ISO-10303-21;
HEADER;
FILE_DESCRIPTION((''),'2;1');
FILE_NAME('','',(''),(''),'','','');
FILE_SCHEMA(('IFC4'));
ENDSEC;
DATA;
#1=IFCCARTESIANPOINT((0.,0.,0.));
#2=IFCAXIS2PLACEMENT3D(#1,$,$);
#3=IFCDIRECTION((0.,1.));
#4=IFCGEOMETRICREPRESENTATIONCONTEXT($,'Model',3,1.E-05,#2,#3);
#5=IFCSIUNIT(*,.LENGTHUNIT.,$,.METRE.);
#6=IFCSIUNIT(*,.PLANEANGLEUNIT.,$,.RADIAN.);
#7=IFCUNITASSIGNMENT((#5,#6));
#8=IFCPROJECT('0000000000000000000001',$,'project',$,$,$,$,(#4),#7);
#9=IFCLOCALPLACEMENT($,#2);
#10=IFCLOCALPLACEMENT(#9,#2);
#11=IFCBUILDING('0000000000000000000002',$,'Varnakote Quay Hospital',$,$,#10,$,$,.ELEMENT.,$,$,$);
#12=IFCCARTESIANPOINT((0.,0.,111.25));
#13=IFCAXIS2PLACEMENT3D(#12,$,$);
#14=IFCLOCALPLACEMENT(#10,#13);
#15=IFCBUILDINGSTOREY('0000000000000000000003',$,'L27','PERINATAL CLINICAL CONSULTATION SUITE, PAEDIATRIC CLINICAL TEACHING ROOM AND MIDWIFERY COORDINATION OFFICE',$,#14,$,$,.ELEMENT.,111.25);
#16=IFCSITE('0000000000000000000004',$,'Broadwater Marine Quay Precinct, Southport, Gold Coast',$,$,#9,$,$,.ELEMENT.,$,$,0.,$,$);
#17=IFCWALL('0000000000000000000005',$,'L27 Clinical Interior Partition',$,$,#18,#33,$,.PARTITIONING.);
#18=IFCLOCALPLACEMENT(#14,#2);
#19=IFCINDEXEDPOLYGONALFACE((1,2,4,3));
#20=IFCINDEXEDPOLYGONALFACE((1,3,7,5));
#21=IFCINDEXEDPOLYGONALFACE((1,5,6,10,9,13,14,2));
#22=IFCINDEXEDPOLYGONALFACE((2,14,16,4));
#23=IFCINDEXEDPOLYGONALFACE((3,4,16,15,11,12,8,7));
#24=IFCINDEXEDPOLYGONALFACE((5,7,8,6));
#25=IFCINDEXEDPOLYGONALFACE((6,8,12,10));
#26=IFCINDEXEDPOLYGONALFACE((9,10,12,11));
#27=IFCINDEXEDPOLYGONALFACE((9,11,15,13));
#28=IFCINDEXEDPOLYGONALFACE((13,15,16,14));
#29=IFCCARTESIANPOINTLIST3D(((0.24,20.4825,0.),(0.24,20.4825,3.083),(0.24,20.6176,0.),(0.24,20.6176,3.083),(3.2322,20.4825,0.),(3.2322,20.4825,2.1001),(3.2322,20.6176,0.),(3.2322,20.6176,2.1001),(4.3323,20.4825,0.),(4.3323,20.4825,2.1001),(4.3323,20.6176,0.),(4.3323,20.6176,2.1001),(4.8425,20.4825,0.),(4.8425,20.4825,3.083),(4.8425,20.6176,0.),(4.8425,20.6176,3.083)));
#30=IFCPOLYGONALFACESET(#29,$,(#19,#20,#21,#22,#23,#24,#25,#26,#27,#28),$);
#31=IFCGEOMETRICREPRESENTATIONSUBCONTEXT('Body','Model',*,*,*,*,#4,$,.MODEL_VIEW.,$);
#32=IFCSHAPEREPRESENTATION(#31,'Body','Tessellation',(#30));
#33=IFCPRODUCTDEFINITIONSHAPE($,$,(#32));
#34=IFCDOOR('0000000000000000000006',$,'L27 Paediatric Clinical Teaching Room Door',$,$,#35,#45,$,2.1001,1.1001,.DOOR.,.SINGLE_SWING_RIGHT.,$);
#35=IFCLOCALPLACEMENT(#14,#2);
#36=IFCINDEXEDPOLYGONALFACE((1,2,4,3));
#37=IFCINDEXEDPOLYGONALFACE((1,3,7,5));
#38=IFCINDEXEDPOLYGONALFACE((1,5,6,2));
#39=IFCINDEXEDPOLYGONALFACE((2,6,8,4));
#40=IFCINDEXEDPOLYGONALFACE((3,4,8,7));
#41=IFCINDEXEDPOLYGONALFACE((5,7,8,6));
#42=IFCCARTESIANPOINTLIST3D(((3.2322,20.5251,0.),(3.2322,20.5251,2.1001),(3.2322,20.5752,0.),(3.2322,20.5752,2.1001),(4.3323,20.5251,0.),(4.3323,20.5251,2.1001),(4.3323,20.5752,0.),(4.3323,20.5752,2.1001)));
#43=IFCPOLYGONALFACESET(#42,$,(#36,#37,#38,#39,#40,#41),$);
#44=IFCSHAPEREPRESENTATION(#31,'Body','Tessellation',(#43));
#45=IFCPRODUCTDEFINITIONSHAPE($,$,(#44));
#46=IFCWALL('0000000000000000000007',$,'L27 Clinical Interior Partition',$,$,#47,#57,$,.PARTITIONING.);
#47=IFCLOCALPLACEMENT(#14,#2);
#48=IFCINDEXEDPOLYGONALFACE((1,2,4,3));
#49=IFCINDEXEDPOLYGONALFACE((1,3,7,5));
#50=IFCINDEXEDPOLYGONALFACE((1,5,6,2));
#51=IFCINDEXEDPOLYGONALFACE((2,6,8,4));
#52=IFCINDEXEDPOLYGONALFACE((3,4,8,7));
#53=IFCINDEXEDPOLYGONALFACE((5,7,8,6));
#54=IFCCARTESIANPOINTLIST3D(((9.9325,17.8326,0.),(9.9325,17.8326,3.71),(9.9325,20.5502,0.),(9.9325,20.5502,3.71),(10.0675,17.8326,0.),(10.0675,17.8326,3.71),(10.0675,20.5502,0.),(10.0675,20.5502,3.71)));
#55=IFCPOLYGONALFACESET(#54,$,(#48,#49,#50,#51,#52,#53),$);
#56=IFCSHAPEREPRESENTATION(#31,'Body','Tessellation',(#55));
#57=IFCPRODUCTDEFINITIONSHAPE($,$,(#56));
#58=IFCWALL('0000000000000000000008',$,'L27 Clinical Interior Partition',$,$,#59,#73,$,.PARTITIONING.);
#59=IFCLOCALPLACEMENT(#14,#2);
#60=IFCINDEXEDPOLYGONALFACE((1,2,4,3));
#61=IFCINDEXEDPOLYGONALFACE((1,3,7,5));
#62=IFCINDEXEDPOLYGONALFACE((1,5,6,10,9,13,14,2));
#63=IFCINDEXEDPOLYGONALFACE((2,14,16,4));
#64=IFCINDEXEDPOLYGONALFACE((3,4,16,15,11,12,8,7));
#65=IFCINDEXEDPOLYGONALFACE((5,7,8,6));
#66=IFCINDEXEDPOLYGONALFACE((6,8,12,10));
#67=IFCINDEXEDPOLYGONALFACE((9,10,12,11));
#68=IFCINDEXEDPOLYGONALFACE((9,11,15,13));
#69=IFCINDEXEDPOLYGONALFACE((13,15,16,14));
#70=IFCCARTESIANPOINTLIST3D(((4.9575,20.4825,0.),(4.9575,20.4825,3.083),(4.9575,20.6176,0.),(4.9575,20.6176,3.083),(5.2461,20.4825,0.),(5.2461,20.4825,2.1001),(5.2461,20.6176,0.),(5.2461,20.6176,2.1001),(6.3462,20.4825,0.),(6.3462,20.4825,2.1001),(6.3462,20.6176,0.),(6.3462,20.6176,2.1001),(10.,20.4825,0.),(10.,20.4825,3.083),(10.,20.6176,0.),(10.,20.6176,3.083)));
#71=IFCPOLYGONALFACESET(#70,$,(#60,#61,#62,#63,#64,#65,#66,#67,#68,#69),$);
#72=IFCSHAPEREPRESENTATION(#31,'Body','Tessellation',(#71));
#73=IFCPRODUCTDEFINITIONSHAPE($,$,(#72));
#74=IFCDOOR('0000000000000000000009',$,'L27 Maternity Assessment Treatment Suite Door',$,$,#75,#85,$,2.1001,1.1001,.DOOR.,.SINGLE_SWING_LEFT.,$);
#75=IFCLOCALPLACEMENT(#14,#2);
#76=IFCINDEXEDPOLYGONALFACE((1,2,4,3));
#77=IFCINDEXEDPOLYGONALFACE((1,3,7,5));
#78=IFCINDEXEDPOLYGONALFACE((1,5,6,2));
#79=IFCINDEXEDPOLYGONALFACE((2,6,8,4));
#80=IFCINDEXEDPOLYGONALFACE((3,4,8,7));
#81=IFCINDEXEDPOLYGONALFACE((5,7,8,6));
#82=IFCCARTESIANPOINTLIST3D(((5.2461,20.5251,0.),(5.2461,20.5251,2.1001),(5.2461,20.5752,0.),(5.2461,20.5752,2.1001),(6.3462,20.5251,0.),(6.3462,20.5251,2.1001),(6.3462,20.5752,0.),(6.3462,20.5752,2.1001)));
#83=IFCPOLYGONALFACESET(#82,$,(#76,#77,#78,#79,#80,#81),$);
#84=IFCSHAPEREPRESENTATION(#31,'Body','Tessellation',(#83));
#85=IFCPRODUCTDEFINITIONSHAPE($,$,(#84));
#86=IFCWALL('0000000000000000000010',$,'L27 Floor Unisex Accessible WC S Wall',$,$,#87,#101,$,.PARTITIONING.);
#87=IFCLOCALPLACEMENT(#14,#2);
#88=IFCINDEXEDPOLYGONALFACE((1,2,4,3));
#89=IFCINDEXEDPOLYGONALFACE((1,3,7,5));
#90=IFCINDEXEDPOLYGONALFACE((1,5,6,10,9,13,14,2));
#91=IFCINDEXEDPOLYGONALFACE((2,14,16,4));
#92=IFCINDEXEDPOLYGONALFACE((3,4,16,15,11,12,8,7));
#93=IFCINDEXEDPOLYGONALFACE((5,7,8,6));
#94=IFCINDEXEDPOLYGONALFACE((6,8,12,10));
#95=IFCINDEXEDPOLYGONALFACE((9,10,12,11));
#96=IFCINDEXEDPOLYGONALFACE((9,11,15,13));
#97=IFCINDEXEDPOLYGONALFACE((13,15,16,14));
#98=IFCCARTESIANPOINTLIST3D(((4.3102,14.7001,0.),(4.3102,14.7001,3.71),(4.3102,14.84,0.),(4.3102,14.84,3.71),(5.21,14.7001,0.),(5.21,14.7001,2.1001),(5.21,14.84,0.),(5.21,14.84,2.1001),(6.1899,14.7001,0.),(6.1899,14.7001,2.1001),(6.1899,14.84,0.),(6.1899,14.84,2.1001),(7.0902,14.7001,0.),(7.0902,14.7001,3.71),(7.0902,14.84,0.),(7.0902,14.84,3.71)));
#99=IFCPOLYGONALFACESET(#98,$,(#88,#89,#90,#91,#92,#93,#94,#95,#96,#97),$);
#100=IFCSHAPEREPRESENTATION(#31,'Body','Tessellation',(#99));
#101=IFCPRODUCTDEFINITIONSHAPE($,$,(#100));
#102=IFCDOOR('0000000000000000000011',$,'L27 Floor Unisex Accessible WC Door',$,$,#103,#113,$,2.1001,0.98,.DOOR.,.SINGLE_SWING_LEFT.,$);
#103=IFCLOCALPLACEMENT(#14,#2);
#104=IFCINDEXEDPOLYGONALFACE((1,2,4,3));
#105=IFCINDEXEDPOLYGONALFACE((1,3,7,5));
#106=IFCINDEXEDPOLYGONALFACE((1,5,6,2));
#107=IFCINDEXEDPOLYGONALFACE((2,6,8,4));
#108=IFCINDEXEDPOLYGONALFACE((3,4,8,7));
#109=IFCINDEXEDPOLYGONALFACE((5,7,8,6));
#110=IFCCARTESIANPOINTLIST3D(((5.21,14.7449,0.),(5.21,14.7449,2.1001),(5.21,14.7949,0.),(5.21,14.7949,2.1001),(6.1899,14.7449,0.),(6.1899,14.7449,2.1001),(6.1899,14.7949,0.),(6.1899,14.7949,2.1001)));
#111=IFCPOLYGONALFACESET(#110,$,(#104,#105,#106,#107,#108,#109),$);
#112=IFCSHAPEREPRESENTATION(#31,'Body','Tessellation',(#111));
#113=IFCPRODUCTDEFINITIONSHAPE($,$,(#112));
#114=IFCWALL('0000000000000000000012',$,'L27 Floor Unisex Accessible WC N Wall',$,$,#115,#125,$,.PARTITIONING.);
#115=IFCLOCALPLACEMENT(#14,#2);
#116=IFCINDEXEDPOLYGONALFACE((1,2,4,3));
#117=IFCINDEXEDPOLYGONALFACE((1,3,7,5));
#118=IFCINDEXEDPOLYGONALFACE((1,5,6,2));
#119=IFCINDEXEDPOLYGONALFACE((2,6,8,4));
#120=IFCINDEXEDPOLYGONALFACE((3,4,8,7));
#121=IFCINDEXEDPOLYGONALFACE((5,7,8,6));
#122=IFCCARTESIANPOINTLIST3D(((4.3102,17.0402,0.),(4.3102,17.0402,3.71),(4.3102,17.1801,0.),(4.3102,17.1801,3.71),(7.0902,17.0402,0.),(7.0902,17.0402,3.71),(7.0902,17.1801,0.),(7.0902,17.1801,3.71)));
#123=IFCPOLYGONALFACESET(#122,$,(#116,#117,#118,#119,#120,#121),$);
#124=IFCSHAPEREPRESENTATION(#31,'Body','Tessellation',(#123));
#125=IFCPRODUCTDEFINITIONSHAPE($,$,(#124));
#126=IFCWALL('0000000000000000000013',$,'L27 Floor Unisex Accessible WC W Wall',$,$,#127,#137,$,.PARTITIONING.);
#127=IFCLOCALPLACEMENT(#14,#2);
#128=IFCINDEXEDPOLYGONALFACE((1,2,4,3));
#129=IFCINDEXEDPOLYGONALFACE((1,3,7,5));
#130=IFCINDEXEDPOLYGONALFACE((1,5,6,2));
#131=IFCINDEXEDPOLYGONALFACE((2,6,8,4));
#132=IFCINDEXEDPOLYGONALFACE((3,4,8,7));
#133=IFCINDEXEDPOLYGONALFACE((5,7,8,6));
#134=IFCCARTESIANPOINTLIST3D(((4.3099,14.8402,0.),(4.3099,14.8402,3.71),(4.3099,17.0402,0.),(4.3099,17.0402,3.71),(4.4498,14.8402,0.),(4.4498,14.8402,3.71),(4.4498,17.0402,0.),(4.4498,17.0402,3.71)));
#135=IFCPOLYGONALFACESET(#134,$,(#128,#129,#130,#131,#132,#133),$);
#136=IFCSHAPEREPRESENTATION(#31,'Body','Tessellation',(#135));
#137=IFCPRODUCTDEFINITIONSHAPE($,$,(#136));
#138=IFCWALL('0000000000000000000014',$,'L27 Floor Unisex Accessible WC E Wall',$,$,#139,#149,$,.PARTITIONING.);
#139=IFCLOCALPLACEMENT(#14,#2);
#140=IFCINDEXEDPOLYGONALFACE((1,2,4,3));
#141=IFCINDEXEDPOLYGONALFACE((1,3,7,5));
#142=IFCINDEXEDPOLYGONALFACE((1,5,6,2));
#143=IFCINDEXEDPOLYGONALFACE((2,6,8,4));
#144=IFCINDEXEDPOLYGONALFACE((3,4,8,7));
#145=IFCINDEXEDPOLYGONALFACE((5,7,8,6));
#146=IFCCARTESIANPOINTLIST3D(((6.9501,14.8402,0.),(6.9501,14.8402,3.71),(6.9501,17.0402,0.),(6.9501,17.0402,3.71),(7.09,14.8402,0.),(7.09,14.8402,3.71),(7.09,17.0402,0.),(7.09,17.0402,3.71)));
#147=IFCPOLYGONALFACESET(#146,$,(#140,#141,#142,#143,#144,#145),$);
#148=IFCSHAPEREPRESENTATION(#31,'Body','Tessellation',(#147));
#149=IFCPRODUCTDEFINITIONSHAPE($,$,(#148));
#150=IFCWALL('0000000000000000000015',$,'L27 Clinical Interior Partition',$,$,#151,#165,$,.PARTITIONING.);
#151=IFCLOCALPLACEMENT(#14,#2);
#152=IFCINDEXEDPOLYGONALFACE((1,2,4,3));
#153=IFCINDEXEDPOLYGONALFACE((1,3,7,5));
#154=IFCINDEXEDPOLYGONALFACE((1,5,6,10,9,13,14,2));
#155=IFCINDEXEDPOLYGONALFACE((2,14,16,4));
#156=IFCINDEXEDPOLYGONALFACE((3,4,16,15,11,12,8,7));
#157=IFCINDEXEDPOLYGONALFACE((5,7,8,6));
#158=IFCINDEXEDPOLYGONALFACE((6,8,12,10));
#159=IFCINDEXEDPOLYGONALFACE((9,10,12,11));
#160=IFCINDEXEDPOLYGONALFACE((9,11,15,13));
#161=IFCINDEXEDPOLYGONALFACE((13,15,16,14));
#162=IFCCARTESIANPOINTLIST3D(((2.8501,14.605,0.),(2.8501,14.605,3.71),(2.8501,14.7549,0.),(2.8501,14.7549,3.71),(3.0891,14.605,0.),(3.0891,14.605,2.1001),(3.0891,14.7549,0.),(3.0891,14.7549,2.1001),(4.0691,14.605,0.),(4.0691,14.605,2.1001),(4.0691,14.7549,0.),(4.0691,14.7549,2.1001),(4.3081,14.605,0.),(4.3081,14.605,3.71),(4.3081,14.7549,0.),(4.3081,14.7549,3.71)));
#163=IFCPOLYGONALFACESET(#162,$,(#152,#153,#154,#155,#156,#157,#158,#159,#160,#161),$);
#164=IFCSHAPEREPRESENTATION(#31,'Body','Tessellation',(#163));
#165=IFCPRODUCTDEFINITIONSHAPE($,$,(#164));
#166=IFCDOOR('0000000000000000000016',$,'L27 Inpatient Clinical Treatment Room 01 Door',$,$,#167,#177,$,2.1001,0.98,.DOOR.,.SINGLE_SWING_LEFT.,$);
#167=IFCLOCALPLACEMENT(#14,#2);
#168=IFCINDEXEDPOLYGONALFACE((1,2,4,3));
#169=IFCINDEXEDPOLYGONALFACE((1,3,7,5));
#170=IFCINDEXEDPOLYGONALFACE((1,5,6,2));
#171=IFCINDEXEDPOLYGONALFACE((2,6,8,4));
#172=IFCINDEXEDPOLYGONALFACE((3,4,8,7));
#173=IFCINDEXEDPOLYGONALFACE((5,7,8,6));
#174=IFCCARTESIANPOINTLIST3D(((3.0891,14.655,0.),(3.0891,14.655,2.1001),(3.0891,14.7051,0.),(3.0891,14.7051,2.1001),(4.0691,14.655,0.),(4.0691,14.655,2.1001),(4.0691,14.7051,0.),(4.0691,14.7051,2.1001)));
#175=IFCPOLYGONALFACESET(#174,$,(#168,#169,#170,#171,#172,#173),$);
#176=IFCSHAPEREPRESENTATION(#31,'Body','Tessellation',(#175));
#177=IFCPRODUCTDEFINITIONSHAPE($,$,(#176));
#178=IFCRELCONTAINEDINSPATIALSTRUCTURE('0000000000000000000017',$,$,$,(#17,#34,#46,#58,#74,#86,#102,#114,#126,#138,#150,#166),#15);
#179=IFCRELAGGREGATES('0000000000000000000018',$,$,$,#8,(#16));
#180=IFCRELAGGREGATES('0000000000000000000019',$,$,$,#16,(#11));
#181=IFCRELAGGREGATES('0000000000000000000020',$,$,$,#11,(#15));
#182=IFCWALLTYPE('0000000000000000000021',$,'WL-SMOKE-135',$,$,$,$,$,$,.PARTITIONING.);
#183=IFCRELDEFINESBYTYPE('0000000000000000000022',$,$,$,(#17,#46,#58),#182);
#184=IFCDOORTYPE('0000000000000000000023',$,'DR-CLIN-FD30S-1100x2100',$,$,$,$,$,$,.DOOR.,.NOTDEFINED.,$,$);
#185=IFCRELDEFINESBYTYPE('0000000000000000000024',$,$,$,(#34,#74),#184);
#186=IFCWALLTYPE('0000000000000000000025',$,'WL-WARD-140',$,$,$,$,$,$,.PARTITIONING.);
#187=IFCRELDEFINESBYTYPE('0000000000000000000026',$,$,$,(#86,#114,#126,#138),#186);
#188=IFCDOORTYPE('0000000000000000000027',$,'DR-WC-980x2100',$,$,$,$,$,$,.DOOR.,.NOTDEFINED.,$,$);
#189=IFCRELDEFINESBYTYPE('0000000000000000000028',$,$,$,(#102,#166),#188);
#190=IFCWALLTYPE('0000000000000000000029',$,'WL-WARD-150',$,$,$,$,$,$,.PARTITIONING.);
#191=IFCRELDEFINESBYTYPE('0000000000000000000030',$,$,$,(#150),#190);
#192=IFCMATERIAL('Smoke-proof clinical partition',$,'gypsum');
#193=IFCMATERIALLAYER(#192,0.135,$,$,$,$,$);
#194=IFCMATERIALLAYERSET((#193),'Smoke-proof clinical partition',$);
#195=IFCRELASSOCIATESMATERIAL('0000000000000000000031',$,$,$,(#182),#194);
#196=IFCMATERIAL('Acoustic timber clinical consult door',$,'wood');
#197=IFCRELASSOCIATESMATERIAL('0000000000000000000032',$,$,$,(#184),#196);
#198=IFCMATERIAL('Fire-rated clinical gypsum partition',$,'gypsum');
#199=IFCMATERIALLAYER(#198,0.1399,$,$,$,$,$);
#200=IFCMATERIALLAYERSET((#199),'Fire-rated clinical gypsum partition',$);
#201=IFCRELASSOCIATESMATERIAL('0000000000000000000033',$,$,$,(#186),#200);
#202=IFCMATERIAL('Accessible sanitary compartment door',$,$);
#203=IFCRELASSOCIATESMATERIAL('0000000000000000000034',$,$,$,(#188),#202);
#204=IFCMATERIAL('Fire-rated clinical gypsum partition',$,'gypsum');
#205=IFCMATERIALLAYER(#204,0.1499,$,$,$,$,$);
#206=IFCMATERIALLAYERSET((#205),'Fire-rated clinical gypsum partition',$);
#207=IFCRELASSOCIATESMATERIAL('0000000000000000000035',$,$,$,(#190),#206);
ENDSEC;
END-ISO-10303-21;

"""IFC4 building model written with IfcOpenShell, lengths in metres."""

from ifc_helpers import new_model, si_unit, direction, frame, frame_2d, origin, place, context, subcontext, project, spatial, rectangle, extrude, material, layer, layer_set, type_object, element, fill, save


model = new_model("IFC4")

# Units and contexts
model_context = context("Model", 3, precision=1e-05, world=origin(), true_north=direction((0.0, 1.0)))
body_context = subcontext(model_context, "Body", "Model", "MODEL_VIEW")
ifc_project = project(units=[si_unit("LENGTHUNIT", "METRE"), si_unit("PLANEANGLEUNIT", "RADIAN")], contexts=[model_context])

# Site, building, storey
site_placement = place(None, origin())
site = spatial("IfcSite", under=ifc_project, at=site_placement, Name="Broadwater Marine Quay Precinct, Southport, Gold Coast", CompositionType="ELEMENT", RefElevation=0.0)
building_placement = place(site_placement, origin())
building = spatial("IfcBuilding", under=site, at=building_placement, Name="Varnakote Quay Hospital", CompositionType="ELEMENT")
storey_placement = place(building_placement, frame((0.0, 0.0, 111.25)))
storey = spatial("IfcBuildingStorey", under=building, at=storey_placement, Name="L27", Description="PERINATAL CLINICAL CONSULTATION SUITE, PAEDIATRIC CLINICAL TEACHING ROOM AND MIDWIFERY COORDINATION OFFICE", CompositionType="ELEMENT", Elevation=111.25)

# Shared definitions
ifc_material_1 = material(Name="Smoke-proof clinical partition", Category="gypsum")
ifc_layer_1 = layer(ifc_material_1, 0.135)
ifc_layer_set_1 = layer_set([ifc_layer_1], Name="Smoke-proof clinical partition")
wall_type_1 = type_object("IfcWallType", Name="WL-SMOKE-135", PredefinedType="PARTITIONING", material=ifc_layer_set_1)

# Wall, opening, door
wall_1_placement = place(storey_placement, frame((4.8425, 20.55, 0.0), z_axis=(0.0, 0.0, 1.0), x_axis=(-1.0, 0.0, 0.0)))
wall_1 = element("IfcWall", 1, at=wall_1_placement, inside=storey, type_object=wall_type_1, Name="L27 Clinical Interior Partition", PredefinedType="PARTITIONING", context=body_context, shape_type="SweptSolid", body=[
    extrude(rectangle(XDim=4.6025, YDim=0.135, at=frame_2d((2.3013, 0.0))), origin(), (0.0, 0.0, 1.0), 3.083),
])
opening_1_placement = place(wall_1_placement, frame((0.5103, 0.0, 0.0)))
opening_1 = element("IfcOpeningElement", 2, at=opening_1_placement, cuts=wall_1, PredefinedType="OPENING", context=body_context, shape_type="SweptSolid", body=[
    extrude(rectangle(XDim=1.1001, YDim=2.1001, at=frame_2d((0.55, 1.05))), frame((0.0, 0.0774, 0.0), z_axis=(0.0, -1.0, 0.0), x_axis=(1.0, 0.0, 0.0)), (0.0, 0.0, 1.0), 0.155),
])
ifc_material_2 = material(Name="Acoustic timber clinical consult door", Category="wood")
door_type_1 = type_object("IfcDoorType", Name="DR-CLIN-FD30S-1100x2100", OperationType="NOTDEFINED", PredefinedType="DOOR", material=ifc_material_2)
door_1_placement = place(opening_1_placement, origin())
door_1 = element("IfcDoor", 3, at=door_1_placement, inside=storey, type_object=door_type_1, Name="L27 Paediatric Clinical Teaching Room Door", OperationType="SINGLE_SWING_RIGHT", OverallHeight=2.1001, OverallWidth=1.1001, PredefinedType="DOOR", context=body_context, shape_type="SweptSolid", body=[
    extrude(rectangle(XDim=1.1001, YDim=2.1001, at=frame_2d((0.55, 1.05))), frame((0.0, 0.0249, 0.0), z_axis=(0.0, -1.0, 0.0), x_axis=(1.0, 0.0, 0.0)), (0.0, 0.0, 1.0), 0.05),
])
fill(opening_1, door_1)

# Wall
wall_2_placement = place(storey_placement, frame((10.0, 17.8325, 0.0), z_axis=(0.0, 0.0, 1.0), x_axis=(0.0, 1.0, 0.0)))
element("IfcWall", 4, at=wall_2_placement, inside=storey, type_object=wall_type_1, Name="L27 Clinical Interior Partition", PredefinedType="PARTITIONING", context=body_context, shape_type="SweptSolid", body=[
    extrude(rectangle(XDim=2.7175, YDim=0.135, at=frame_2d((1.3589, 0.0))), origin(), (0.0, 0.0, 1.0), 3.71),
])

# Walls, openings, doors
wall_3_placement = place(storey_placement, frame((10.0, 20.55, 0.0), z_axis=(0.0, 0.0, 1.0), x_axis=(-1.0, 0.0, 0.0)))
wall_3 = element("IfcWall", 5, at=wall_3_placement, inside=storey, type_object=wall_type_1, Name="L27 Clinical Interior Partition", PredefinedType="PARTITIONING", context=body_context, shape_type="SweptSolid", body=[
    extrude(rectangle(XDim=5.0425, YDim=0.135, at=frame_2d((2.5212, 0.0))), origin(), (0.0, 0.0, 1.0), 3.083),
])
opening_2_placement = place(wall_3_placement, frame((3.6538, 0.0, 0.0)))
opening_2 = element("IfcOpeningElement", 6, at=opening_2_placement, cuts=wall_3, PredefinedType="OPENING", context=body_context, shape_type="SweptSolid", body=[
    extrude(rectangle(XDim=1.1001, YDim=2.1001, at=frame_2d((0.55, 1.05))), frame((0.0, 0.0774, 0.0), z_axis=(0.0, -1.0, 0.0), x_axis=(1.0, 0.0, 0.0)), (0.0, 0.0, 1.0), 0.155),
])
door_2_placement = place(opening_2_placement, origin())
door_2 = element("IfcDoor", 7, at=door_2_placement, inside=storey, type_object=door_type_1, Name="L27 Maternity Assessment Treatment Suite Door", OperationType="SINGLE_SWING_LEFT", OverallHeight=2.1001, OverallWidth=1.1001, PredefinedType="DOOR", context=body_context, shape_type="SweptSolid", body=[
    extrude(rectangle(XDim=1.1001, YDim=2.1001, at=frame_2d((0.55, 1.05))), frame((0.0, 0.0249, 0.0), z_axis=(0.0, -1.0, 0.0), x_axis=(1.0, 0.0, 0.0)), (0.0, 0.0, 1.0), 0.05),
])
fill(opening_2, door_2)
ifc_material_3 = material(Name="Fire-rated clinical gypsum partition", Category="gypsum")
ifc_layer_2 = layer(ifc_material_3, 0.1399)
ifc_layer_set_2 = layer_set([ifc_layer_2], Name="Fire-rated clinical gypsum partition")
wall_type_2 = type_object("IfcWallType", Name="WL-WARD-140", PredefinedType="PARTITIONING", material=ifc_layer_set_2)
wall_4_placement = place(storey_placement, frame((4.3101, 14.77, 0.0), z_axis=(0.0, 0.0, 1.0), x_axis=(1.0, 0.0, 0.0)))
wall_4 = element("IfcWall", 8, at=wall_4_placement, inside=storey, type_object=wall_type_2, Name="L27 Floor Unisex Accessible WC S Wall", PredefinedType="PARTITIONING", context=body_context, shape_type="SweptSolid", body=[
    extrude(rectangle(XDim=2.78, YDim=0.1399, at=frame_2d((1.3901, 0.0))), origin(), (0.0, 0.0, 1.0), 3.71),
])
opening_3_placement = place(wall_4_placement, frame((0.8999, 0.0, 0.0)))
opening_3 = element("IfcOpeningElement", 9, at=opening_3_placement, cuts=wall_4, PredefinedType="OPENING", context=body_context, shape_type="SweptSolid", body=[
    extrude(rectangle(XDim=0.98, YDim=2.1001, at=frame_2d((0.49, 1.05))), frame((0.0, 0.0798, 0.0), z_axis=(0.0, -1.0, 0.0), x_axis=(1.0, 0.0, 0.0)), (0.0, 0.0, 1.0), 0.1599),
])
ifc_material_4 = material(Name="Accessible sanitary compartment door")
door_type_2 = type_object("IfcDoorType", Name="DR-WC-980x2100", OperationType="NOTDEFINED", PredefinedType="DOOR", material=ifc_material_4)
door_3_placement = place(opening_3_placement, origin())
door_3 = element("IfcDoor", 10, at=door_3_placement, inside=storey, type_object=door_type_2, Name="L27 Floor Unisex Accessible WC Door", OperationType="SINGLE_SWING_LEFT", OverallHeight=2.1001, OverallWidth=0.98, PredefinedType="DOOR", context=body_context, shape_type="SweptSolid", body=[
    extrude(rectangle(XDim=0.98, YDim=2.1001, at=frame_2d((0.49, 1.05))), frame((0.0, 0.0249, 0.0), z_axis=(0.0, -1.0, 0.0), x_axis=(1.0, 0.0, 0.0)), (0.0, 0.0, 1.0), 0.05),
])
fill(opening_3, door_3)

# Walls
wall_5_placement = place(storey_placement, frame((4.3101, 17.1101, 0.0), z_axis=(0.0, 0.0, 1.0), x_axis=(1.0, 0.0, 0.0)))
element("IfcWall", 11, at=wall_5_placement, inside=storey, type_object=wall_type_2, Name="L27 Floor Unisex Accessible WC N Wall", PredefinedType="PARTITIONING", context=body_context, shape_type="SweptSolid", body=[
    extrude(rectangle(XDim=2.78, YDim=0.1399, at=frame_2d((1.3901, 0.0))), origin(), (0.0, 0.0, 1.0), 3.71),
])
for number, where, z_axis, x_axis, name in (
    (12, (4.3799, 14.8401, 0.0), (0.0, 0.0, 1.0), (0.0, 1.0, 0.0), "L27 Floor Unisex Accessible WC W Wall"),
    (13, (7.02, 14.8401, 0.0), (0.0, 0.0, 1.0), (0.0, 1.0, 0.0), "L27 Floor Unisex Accessible WC E Wall"),
):
    element("IfcWall", number, at=place(storey_placement, frame(where, z_axis=z_axis, x_axis=x_axis)), inside=storey, type_object=wall_type_2, Name=name, PredefinedType="PARTITIONING", context=body_context, shape_type="SweptSolid", body=[
        extrude(rectangle(XDim=2.2, YDim=0.1399, at=frame_2d((1.1001, 0.0))), origin(), (0.0, 0.0, 1.0), 3.71),
    ])

# Wall, opening, door
ifc_material_5 = material(Name="Fire-rated clinical gypsum partition", Category="gypsum")
ifc_layer_3 = layer(ifc_material_5, 0.1499)
ifc_layer_set_3 = layer_set([ifc_layer_3], Name="Fire-rated clinical gypsum partition")
wall_type_3 = type_object("IfcWallType", Name="WL-WARD-150", PredefinedType="PARTITIONING", material=ifc_layer_set_3)
wall_6_placement = place(storey_placement, frame((4.3081, 14.6799, 0.0), z_axis=(0.0, 0.0, 1.0), x_axis=(-1.0, 0.0, 0.0)))
wall_6 = element("IfcWall", 14, at=wall_6_placement, inside=storey, type_object=wall_type_3, Name="L27 Clinical Interior Partition", PredefinedType="PARTITIONING", context=body_context, shape_type="SweptSolid", body=[
    extrude(rectangle(XDim=1.458, YDim=0.1499, at=frame_2d((0.729, 0.0))), origin(), (0.0, 0.0, 1.0), 3.71),
])
opening_4_placement = place(wall_6_placement, frame((0.239, 0.0, 0.0)))
opening_4 = element("IfcOpeningElement", 15, at=opening_4_placement, cuts=wall_6, PredefinedType="OPENING", context=body_context, shape_type="SweptSolid", body=[
    extrude(rectangle(XDim=0.98, YDim=2.1001, at=frame_2d((0.49, 1.05))), frame((0.0, 0.085, 0.0), z_axis=(0.0, -1.0, 0.0), x_axis=(1.0, 0.0, 0.0)), (0.0, 0.0, 1.0), 0.1699),
])
door_4_placement = place(opening_4_placement, origin())
door_4 = element("IfcDoor", 16, at=door_4_placement, inside=storey, type_object=door_type_2, Name="L27 Inpatient Clinical Treatment Room 01 Door", OperationType="SINGLE_SWING_LEFT", OverallHeight=2.1001, OverallWidth=0.98, PredefinedType="DOOR", context=body_context, shape_type="SweptSolid", body=[
    extrude(rectangle(XDim=0.98, YDim=2.1001, at=frame_2d((0.49, 1.05))), frame((0.0, 0.0249, 0.0), z_axis=(0.0, -1.0, 0.0), x_axis=(1.0, 0.0, 0.0)), (0.0, 0.0, 1.0), 0.05),
])
fill(opening_4, door_4)

save(model, "model.ifc")
